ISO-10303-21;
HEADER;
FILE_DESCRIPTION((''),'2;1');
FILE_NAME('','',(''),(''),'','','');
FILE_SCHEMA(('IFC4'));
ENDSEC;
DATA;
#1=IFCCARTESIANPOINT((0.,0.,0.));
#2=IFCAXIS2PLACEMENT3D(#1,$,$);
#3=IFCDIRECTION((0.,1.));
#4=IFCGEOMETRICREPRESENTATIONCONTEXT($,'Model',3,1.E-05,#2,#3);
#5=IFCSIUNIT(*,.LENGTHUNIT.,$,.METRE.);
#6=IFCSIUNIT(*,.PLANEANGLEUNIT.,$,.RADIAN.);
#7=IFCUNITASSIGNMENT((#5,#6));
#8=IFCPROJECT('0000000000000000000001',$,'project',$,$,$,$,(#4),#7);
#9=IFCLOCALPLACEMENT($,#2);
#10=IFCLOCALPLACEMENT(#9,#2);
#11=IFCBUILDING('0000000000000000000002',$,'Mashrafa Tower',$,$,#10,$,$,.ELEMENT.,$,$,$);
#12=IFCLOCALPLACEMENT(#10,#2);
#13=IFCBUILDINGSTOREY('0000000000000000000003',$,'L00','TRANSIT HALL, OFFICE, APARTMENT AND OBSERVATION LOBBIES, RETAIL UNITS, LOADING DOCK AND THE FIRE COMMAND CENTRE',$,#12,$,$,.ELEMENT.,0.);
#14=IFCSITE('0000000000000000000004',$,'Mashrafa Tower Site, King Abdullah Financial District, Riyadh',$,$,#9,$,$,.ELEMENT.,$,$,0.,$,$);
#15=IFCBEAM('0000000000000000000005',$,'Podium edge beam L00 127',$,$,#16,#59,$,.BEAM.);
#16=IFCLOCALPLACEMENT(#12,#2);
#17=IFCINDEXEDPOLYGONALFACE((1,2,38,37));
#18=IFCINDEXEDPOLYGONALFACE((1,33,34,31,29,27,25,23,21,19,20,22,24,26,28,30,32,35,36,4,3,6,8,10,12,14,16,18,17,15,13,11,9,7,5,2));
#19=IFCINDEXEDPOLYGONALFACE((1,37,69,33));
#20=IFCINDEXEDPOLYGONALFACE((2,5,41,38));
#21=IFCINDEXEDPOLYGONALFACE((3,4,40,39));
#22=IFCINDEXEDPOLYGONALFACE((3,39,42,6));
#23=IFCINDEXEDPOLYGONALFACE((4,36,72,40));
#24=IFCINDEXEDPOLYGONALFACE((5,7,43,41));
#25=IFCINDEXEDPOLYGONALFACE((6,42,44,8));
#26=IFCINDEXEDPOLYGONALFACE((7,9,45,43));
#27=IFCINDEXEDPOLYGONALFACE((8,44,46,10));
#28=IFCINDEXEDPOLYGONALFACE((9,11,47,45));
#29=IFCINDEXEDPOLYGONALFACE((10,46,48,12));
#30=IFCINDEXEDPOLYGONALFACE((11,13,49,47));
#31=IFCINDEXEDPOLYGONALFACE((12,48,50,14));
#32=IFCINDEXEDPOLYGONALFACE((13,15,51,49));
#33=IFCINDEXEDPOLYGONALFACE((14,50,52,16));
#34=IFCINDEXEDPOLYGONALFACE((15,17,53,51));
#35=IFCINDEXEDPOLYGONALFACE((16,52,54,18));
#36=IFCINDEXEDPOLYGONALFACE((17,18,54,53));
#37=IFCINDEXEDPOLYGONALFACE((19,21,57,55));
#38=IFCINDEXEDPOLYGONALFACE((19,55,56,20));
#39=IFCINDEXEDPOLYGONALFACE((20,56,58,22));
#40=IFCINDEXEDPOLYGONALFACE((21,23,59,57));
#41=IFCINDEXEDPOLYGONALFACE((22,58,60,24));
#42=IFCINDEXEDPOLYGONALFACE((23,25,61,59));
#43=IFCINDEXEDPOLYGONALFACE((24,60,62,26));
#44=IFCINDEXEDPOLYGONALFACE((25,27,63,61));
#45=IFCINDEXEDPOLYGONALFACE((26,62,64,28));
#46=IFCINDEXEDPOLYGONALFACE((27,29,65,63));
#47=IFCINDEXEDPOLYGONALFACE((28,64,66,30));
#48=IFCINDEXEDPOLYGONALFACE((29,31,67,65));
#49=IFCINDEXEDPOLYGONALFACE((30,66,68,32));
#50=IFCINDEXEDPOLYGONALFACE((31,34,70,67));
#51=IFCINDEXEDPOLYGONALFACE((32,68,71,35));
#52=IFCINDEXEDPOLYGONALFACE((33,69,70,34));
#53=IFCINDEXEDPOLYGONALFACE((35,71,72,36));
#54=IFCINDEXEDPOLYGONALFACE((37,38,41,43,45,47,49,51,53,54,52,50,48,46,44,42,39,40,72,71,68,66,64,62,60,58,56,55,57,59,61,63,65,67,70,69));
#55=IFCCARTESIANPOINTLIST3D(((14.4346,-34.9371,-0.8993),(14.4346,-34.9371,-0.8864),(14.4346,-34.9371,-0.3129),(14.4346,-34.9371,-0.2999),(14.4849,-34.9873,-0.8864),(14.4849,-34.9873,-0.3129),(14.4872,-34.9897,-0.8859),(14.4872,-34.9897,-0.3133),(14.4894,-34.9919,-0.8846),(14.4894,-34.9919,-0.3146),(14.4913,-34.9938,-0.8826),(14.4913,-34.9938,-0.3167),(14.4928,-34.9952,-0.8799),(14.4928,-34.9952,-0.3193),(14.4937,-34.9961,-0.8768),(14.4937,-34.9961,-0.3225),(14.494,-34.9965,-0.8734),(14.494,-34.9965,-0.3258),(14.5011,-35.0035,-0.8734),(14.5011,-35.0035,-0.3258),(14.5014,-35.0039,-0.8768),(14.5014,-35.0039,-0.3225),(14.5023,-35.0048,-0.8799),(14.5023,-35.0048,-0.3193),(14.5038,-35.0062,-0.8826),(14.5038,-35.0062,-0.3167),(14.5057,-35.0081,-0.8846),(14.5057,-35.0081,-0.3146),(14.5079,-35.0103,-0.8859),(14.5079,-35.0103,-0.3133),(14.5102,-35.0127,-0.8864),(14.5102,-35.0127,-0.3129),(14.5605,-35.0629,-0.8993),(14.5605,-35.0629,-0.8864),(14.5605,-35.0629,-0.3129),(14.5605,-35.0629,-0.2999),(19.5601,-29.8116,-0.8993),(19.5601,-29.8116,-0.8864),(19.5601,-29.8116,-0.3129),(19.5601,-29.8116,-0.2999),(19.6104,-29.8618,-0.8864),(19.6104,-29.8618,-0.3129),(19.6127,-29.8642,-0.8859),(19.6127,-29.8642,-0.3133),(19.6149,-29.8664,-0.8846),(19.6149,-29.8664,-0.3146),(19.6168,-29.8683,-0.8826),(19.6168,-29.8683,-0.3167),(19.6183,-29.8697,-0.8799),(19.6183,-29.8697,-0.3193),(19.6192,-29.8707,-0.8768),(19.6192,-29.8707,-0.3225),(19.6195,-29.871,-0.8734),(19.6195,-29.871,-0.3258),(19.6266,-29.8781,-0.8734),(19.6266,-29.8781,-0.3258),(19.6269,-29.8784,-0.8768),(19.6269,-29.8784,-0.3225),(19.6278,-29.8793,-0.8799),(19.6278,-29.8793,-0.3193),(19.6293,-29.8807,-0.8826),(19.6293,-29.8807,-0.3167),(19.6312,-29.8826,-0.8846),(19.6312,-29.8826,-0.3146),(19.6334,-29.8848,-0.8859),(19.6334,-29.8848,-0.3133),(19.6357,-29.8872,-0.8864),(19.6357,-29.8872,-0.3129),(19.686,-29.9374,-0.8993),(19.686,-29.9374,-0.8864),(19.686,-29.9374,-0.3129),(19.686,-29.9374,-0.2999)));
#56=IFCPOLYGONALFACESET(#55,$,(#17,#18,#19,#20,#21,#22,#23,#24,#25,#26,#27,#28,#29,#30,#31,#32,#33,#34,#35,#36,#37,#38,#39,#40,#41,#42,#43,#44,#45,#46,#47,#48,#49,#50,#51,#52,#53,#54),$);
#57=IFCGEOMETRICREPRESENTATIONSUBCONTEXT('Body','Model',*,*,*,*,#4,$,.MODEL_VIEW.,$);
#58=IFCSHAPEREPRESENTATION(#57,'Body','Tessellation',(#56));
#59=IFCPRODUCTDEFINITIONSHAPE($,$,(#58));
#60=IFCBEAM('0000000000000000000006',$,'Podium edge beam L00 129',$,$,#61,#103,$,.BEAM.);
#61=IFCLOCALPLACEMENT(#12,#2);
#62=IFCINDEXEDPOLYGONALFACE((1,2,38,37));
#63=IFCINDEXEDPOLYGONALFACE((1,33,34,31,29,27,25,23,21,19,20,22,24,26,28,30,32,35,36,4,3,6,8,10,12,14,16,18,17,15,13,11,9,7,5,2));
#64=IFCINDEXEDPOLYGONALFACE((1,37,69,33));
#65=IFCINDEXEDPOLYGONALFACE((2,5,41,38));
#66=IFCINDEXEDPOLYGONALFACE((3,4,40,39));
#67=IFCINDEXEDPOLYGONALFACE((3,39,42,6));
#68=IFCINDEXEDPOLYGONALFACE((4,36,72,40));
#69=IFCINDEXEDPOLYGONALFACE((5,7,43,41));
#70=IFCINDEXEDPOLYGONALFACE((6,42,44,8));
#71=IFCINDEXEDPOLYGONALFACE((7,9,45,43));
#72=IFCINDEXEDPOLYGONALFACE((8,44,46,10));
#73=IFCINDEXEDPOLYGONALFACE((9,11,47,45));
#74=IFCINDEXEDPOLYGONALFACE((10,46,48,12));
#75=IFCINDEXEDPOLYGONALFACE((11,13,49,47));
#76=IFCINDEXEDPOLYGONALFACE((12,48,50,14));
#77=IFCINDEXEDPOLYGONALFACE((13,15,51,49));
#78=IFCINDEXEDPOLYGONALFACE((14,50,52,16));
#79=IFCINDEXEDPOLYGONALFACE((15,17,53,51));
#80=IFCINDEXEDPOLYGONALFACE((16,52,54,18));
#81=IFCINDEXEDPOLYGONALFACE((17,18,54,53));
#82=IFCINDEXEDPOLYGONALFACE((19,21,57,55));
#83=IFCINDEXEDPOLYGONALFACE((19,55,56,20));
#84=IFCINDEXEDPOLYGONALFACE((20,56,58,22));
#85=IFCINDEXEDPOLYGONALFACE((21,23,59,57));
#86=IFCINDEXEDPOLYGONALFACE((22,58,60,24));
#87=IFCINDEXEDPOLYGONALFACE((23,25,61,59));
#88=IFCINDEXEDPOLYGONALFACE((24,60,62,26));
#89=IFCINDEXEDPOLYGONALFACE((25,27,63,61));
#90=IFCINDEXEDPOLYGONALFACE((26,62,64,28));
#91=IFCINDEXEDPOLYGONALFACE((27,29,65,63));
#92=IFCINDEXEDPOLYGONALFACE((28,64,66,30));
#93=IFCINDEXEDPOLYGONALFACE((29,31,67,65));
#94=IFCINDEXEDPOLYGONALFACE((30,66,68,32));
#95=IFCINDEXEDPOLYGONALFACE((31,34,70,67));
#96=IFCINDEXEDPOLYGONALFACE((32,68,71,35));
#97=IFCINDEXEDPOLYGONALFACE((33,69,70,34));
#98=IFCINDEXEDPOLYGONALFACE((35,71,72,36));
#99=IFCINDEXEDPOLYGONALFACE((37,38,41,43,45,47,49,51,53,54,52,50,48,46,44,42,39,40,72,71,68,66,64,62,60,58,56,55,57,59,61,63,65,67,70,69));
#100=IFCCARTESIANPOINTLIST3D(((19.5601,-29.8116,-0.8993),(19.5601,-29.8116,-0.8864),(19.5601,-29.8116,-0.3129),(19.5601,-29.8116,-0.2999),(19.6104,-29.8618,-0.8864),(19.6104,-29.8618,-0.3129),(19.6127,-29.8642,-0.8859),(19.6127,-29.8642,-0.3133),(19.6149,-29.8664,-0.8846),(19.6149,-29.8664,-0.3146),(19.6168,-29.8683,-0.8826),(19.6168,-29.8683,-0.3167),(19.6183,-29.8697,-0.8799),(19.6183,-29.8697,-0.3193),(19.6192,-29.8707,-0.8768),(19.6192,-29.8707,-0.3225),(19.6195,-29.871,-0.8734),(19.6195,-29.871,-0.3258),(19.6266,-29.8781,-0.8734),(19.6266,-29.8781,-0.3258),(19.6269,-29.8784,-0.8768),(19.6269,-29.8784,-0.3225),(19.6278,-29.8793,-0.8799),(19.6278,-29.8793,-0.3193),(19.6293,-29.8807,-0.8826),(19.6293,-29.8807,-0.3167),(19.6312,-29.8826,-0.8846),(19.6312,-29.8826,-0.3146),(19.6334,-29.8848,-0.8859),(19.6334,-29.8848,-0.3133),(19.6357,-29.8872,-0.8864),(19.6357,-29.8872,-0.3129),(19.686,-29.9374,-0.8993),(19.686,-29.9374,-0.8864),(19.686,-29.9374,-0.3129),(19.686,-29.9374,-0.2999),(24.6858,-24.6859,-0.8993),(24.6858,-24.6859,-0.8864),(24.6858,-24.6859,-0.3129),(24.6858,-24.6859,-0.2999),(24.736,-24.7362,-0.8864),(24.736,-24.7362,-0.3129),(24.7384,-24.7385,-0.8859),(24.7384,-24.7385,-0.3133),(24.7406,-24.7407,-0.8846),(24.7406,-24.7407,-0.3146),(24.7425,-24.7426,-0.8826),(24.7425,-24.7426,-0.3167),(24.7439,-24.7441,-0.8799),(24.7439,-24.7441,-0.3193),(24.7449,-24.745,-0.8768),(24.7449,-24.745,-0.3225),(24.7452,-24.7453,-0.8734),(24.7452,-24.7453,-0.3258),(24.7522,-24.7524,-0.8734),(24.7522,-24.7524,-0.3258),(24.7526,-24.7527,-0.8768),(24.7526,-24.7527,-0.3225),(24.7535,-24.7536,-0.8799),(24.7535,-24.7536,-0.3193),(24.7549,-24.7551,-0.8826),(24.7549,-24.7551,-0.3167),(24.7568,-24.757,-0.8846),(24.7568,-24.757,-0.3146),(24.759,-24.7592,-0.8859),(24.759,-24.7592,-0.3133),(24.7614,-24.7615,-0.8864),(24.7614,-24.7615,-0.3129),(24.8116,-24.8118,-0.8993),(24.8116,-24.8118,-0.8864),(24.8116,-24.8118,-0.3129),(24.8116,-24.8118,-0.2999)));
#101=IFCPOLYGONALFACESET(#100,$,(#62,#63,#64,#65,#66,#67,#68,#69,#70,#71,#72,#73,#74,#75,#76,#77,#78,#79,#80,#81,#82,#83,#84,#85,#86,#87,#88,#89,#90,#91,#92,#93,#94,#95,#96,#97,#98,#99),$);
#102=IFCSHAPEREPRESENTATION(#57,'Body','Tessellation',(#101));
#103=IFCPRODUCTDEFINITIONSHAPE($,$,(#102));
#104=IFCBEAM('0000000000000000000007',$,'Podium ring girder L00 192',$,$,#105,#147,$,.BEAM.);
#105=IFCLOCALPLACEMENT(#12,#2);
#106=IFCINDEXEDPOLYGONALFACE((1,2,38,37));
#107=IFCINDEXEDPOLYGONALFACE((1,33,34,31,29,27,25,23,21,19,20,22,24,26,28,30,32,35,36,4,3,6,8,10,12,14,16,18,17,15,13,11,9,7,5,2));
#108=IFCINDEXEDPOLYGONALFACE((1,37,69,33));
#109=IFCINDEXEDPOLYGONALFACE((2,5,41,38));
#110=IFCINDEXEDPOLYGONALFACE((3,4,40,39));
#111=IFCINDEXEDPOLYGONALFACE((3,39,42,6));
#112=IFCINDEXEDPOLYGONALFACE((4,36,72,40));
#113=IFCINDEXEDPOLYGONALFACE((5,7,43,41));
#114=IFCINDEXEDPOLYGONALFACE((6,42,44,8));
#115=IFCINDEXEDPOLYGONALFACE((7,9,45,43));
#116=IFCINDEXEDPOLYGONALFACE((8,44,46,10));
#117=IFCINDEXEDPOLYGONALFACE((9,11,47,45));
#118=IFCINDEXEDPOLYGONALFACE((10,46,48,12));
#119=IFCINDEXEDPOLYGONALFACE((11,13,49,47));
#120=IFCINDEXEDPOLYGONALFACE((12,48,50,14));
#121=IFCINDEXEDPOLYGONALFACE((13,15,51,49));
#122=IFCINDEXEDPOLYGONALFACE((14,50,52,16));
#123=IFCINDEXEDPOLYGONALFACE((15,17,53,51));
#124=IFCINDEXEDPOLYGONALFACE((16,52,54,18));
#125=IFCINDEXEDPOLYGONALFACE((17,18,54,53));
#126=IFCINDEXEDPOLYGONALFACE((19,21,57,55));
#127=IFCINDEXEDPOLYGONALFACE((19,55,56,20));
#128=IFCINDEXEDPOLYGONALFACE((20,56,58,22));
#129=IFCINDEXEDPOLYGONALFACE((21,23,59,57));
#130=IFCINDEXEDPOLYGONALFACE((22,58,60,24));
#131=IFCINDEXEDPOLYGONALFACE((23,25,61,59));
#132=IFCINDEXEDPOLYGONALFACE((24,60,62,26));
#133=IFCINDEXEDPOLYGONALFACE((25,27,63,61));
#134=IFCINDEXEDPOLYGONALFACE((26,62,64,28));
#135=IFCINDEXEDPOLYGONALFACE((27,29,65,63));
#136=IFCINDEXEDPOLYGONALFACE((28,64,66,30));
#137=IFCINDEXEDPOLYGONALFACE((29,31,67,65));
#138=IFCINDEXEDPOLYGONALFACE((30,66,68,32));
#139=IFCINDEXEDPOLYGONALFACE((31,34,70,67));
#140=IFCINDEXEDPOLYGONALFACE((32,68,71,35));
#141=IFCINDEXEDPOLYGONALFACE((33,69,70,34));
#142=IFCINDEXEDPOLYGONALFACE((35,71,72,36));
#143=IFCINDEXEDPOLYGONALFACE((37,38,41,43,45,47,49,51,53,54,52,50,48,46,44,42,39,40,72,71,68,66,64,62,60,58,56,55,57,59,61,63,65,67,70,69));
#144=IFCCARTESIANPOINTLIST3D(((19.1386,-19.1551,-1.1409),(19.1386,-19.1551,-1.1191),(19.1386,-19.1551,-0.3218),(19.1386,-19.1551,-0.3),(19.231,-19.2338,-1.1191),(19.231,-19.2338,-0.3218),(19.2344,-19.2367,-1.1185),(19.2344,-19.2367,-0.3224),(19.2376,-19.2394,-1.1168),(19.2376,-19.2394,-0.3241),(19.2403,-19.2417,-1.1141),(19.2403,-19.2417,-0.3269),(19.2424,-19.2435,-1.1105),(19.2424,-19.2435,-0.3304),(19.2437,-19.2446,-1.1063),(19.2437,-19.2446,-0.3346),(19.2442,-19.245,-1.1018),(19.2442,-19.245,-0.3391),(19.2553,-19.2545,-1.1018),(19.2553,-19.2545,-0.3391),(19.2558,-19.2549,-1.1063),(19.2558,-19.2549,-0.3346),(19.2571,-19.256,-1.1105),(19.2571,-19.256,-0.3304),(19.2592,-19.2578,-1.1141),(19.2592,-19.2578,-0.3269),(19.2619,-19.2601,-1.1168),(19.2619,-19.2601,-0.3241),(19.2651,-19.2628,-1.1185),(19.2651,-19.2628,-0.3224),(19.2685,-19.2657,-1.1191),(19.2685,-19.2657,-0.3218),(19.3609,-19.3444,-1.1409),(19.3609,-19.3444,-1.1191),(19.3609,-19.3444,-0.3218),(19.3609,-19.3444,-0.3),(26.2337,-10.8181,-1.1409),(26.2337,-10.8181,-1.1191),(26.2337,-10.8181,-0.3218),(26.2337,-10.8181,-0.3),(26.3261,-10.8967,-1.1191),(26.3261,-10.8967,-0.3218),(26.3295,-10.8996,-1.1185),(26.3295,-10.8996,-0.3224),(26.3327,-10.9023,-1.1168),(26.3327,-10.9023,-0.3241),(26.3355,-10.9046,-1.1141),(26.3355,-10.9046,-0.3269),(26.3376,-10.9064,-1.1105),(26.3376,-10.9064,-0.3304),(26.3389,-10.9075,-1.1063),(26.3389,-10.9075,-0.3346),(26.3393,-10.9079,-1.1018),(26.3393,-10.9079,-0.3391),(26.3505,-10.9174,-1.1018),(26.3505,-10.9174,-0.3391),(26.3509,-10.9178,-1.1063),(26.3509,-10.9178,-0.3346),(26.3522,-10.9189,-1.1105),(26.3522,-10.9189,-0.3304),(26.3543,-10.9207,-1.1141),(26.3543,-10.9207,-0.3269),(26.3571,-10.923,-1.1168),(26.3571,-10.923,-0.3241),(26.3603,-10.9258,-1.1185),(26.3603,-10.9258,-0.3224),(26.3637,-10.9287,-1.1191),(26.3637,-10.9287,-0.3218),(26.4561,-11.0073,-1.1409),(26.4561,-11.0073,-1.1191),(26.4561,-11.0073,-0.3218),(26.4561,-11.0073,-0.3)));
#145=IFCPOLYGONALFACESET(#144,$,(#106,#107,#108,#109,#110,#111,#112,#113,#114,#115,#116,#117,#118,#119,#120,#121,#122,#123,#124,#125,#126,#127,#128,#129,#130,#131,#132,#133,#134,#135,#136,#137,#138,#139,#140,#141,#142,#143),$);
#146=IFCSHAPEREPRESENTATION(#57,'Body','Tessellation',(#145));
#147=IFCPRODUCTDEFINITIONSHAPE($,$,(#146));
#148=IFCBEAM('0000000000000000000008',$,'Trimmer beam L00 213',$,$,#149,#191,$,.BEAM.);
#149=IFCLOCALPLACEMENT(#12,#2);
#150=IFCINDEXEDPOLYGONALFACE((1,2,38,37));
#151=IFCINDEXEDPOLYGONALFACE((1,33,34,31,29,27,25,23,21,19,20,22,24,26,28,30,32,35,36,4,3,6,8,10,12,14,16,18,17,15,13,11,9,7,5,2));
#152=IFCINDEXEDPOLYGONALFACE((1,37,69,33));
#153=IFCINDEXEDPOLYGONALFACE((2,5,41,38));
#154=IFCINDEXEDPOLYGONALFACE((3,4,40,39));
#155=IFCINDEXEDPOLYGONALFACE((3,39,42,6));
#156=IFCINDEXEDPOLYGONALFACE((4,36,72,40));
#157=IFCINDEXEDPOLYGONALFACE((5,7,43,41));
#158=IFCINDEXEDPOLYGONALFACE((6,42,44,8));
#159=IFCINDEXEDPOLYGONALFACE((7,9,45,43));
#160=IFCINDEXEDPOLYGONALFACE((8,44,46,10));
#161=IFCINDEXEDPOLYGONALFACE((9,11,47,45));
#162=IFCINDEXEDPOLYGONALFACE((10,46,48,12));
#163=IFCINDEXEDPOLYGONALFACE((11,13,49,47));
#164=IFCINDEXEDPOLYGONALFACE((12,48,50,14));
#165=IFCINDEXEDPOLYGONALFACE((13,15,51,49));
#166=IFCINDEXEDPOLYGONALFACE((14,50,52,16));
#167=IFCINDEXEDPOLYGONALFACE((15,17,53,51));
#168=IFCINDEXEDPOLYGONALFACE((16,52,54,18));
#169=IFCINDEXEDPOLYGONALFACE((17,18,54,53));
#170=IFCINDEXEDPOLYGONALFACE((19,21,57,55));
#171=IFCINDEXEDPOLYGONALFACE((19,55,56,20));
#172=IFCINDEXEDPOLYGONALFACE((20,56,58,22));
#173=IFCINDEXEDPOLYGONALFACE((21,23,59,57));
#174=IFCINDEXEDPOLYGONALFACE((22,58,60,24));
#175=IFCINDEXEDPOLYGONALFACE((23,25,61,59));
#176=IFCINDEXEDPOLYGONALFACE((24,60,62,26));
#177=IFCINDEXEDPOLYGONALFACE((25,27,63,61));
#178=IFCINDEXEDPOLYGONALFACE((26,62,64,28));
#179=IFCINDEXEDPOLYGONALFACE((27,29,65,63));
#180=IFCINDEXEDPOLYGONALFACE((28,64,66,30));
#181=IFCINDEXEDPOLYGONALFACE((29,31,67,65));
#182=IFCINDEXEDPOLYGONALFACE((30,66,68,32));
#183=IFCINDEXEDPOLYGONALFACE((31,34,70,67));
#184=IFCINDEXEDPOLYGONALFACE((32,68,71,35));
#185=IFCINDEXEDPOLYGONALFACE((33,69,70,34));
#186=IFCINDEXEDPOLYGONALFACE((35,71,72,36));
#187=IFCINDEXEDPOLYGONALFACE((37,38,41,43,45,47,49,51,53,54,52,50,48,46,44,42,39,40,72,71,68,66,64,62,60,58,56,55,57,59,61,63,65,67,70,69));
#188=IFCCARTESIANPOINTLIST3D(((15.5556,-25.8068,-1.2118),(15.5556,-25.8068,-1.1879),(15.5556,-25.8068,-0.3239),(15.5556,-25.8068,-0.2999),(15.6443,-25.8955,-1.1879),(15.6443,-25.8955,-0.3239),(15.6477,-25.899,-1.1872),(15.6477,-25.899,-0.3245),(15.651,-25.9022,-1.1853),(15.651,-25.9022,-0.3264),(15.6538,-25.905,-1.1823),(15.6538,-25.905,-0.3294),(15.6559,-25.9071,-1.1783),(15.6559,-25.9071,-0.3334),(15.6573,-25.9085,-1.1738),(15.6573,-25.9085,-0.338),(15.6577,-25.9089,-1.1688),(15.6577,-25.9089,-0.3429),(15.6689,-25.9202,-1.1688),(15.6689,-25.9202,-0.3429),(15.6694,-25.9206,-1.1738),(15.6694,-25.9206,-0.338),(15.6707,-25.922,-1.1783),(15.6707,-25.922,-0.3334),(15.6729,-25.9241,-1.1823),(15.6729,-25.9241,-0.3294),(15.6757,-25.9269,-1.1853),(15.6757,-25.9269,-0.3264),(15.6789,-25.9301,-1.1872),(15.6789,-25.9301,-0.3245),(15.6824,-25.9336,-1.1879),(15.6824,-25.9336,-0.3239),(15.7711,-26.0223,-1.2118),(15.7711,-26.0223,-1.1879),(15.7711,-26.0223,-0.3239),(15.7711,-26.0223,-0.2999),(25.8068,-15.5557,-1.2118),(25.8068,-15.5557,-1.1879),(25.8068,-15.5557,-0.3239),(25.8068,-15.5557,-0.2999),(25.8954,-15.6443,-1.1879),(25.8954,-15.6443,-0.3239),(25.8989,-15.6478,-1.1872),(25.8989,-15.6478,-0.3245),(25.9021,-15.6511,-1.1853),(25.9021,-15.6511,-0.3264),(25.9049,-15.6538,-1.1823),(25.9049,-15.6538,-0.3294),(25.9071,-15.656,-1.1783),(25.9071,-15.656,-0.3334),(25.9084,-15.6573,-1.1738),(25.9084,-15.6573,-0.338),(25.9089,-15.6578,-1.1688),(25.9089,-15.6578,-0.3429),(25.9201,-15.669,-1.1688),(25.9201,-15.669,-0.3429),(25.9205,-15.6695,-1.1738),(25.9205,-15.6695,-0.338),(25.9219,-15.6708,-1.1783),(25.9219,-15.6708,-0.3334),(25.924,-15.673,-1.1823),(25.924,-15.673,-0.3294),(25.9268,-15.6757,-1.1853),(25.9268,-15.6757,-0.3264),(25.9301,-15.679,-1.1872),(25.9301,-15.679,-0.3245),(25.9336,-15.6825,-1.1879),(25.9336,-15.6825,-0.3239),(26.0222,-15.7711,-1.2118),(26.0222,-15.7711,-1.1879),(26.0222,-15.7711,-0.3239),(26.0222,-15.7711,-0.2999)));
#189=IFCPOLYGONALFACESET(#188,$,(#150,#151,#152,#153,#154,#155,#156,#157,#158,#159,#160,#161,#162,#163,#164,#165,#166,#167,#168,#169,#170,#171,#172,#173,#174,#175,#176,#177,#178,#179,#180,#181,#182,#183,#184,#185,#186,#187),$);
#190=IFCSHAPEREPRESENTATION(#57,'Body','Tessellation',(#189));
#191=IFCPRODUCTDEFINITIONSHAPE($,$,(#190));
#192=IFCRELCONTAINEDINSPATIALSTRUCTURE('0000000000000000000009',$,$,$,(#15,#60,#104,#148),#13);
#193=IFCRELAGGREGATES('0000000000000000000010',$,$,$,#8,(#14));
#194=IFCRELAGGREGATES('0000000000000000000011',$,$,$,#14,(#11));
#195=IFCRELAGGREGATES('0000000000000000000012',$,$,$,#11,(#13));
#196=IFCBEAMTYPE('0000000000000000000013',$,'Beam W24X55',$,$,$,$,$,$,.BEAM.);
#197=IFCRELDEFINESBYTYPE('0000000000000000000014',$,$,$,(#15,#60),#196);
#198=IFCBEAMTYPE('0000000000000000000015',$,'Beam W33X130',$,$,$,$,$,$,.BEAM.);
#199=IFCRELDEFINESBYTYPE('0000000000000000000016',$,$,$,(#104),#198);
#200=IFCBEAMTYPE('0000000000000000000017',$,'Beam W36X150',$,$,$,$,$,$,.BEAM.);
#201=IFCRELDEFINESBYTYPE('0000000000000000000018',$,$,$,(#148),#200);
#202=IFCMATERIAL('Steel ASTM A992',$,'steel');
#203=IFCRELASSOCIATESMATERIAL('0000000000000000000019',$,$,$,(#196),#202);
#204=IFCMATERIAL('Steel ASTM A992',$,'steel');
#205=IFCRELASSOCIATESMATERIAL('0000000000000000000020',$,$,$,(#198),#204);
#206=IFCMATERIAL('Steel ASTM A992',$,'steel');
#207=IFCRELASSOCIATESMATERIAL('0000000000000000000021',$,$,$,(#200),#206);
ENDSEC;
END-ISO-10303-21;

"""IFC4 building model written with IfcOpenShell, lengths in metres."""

from ifc_helpers import new_model, si_unit, direction, frame, origin, origin_2d, place, context, subcontext, project, spatial, i_section, extrude, material, material_profile, profile_set, type_object, element, save


model = new_model("IFC4")

# Units and contexts
model_context = context("Model", 3, precision=1e-05, world=origin(), true_north=direction((0.0, 1.0)))
body_context = subcontext(model_context, "Body", "Model", "MODEL_VIEW")
ifc_project = project(units=[si_unit("LENGTHUNIT", "METRE"), si_unit("PLANEANGLEUNIT", "RADIAN")], contexts=[model_context])

# Site, building, storey
site_placement = place(None, origin())
site = spatial("IfcSite", under=ifc_project, at=site_placement, Name="Mashrafa Tower Site, King Abdullah Financial District, Riyadh", CompositionType="ELEMENT", RefElevation=0.0)
building_placement = place(site_placement, origin())
building = spatial("IfcBuilding", under=site, at=building_placement, Name="Mashrafa Tower", CompositionType="ELEMENT")
storey_placement = place(building_placement, origin())
storey = spatial("IfcBuildingStorey", under=building, at=storey_placement, Name="L00", Description="TRANSIT HALL, OFFICE, APARTMENT AND OBSERVATION LOBBIES, RETAIL UNITS, LOADING DOCK AND THE FIRE COMMAND CENTRE", CompositionType="ELEMENT", Elevation=0.0)

# Beams
ifc_material_1 = material(Name="Steel ASTM A992", Category="steel")
ifc_material_profile_1 = material_profile(ifc_material_1, i_section(OverallWidth=0.178, OverallDepth=0.5994, WebThickness=0.01, FlangeThickness=0.0129, FilletRadius=0.0129, at=origin_2d()), Name="W24X55")
ifc_profile_set_1 = profile_set([ifc_material_profile_1], Name="Steel ASTM A992")
beam_type_1 = type_object("IfcBeamType", Name="Beam W24X55", PredefinedType="BEAM", material=ifc_profile_set_1)
beam_1_placement = place(storey_placement, frame((14.4976, -35.0, -0.5996), z_axis=(0.707107, 0.707107, 0.0), x_axis=(-0.707107, 0.707107, 0.0)))
element("IfcBeam", 1, at=beam_1_placement, inside=storey, type_object=beam_type_1, Name="Podium edge beam L00 127", PredefinedType="BEAM", context=body_context, shape_type="SweptSolid", body=[
    extrude(i_section(OverallWidth=0.178, OverallDepth=0.5994, WebThickness=0.01, FlangeThickness=0.0129, FilletRadius=0.0129, at=origin_2d()), origin(), (0.0, 0.0, 1.0), 7.2485),
])
beam_2_placement = place(storey_placement, frame((19.623, -29.8745, -0.5996), z_axis=(0.707107, 0.707107, 0.0), x_axis=(-0.707107, 0.707107, 0.0)))
element("IfcBeam", 2, at=beam_2_placement, inside=storey, type_object=beam_type_1, Name="Podium edge beam L00 129", PredefinedType="BEAM", context=body_context, shape_type="SweptSolid", body=[
    extrude(i_section(OverallWidth=0.178, OverallDepth=0.5994, WebThickness=0.01, FlangeThickness=0.0129, FilletRadius=0.0129, at=origin_2d()), origin(), (0.0, 0.0, 1.0), 7.2488),
])
ifc_material_2 = material(Name="Steel ASTM A992", Category="steel")
ifc_material_profile_2 = material_profile(ifc_material_2, i_section(OverallWidth=0.292, OverallDepth=0.8408, WebThickness=0.0146, FlangeThickness=0.0217, FilletRadius=0.0173, at=origin_2d()), Name="W33X130")
ifc_profile_set_2 = profile_set([ifc_material_profile_2], Name="Steel ASTM A992")
beam_type_2 = type_object("IfcBeamType", Name="Beam W33X130", PredefinedType="BEAM", material=ifc_profile_set_2)
beam_3_placement = place(storey_placement, frame((19.2498, -19.2498, -0.7205), z_axis=(0.648106, 0.76155, 0.0), x_axis=(-0.76155, 0.648106, 0.0)))
element("IfcBeam", 3, at=beam_3_placement, inside=storey, type_object=beam_type_2, Name="Podium ring girder L00 192", PredefinedType="BEAM", context=body_context, shape_type="SweptSolid", body=[
    extrude(i_section(OverallWidth=0.292, OverallDepth=0.8408, WebThickness=0.0146, FlangeThickness=0.0217, FilletRadius=0.0173, at=origin_2d()), origin(), (0.0, 0.0, 1.0), 10.9475),
])
ifc_material_3 = material(Name="Steel ASTM A992", Category="steel")
ifc_material_profile_3 = material_profile(ifc_material_3, i_section(OverallWidth=0.3047, OverallDepth=0.9119, WebThickness=0.0159, FlangeThickness=0.0239, FilletRadius=0.019, at=origin_2d()), Name="W36X150")
ifc_profile_set_3 = profile_set([ifc_material_profile_3], Name="Steel ASTM A992")
beam_type_3 = type_object("IfcBeamType", Name="Beam W36X150", PredefinedType="BEAM", material=ifc_profile_set_3)
for number, where, z_axis, x_axis, name in (
    (4, (15.6633, -25.9146, -0.7559), (0.707107, 0.707107, 0.0), (-0.707107, 0.707107, 0.0), "Trimmer beam L00 213"),
):
    element("IfcBeam", number, at=place(storey_placement, frame(where, z_axis=z_axis, x_axis=x_axis)), inside=storey, type_object=beam_type_3, Name=name, PredefinedType="BEAM", context=body_context, shape_type="SweptSolid", body=[
        extrude(i_section(OverallWidth=0.3047, OverallDepth=0.9119, WebThickness=0.0159, FlangeThickness=0.0239, FilletRadius=0.019, at=origin_2d()), origin(), (0.0, 0.0, 1.0), 14.4973),
    ])

save(model, "model.ifc")
